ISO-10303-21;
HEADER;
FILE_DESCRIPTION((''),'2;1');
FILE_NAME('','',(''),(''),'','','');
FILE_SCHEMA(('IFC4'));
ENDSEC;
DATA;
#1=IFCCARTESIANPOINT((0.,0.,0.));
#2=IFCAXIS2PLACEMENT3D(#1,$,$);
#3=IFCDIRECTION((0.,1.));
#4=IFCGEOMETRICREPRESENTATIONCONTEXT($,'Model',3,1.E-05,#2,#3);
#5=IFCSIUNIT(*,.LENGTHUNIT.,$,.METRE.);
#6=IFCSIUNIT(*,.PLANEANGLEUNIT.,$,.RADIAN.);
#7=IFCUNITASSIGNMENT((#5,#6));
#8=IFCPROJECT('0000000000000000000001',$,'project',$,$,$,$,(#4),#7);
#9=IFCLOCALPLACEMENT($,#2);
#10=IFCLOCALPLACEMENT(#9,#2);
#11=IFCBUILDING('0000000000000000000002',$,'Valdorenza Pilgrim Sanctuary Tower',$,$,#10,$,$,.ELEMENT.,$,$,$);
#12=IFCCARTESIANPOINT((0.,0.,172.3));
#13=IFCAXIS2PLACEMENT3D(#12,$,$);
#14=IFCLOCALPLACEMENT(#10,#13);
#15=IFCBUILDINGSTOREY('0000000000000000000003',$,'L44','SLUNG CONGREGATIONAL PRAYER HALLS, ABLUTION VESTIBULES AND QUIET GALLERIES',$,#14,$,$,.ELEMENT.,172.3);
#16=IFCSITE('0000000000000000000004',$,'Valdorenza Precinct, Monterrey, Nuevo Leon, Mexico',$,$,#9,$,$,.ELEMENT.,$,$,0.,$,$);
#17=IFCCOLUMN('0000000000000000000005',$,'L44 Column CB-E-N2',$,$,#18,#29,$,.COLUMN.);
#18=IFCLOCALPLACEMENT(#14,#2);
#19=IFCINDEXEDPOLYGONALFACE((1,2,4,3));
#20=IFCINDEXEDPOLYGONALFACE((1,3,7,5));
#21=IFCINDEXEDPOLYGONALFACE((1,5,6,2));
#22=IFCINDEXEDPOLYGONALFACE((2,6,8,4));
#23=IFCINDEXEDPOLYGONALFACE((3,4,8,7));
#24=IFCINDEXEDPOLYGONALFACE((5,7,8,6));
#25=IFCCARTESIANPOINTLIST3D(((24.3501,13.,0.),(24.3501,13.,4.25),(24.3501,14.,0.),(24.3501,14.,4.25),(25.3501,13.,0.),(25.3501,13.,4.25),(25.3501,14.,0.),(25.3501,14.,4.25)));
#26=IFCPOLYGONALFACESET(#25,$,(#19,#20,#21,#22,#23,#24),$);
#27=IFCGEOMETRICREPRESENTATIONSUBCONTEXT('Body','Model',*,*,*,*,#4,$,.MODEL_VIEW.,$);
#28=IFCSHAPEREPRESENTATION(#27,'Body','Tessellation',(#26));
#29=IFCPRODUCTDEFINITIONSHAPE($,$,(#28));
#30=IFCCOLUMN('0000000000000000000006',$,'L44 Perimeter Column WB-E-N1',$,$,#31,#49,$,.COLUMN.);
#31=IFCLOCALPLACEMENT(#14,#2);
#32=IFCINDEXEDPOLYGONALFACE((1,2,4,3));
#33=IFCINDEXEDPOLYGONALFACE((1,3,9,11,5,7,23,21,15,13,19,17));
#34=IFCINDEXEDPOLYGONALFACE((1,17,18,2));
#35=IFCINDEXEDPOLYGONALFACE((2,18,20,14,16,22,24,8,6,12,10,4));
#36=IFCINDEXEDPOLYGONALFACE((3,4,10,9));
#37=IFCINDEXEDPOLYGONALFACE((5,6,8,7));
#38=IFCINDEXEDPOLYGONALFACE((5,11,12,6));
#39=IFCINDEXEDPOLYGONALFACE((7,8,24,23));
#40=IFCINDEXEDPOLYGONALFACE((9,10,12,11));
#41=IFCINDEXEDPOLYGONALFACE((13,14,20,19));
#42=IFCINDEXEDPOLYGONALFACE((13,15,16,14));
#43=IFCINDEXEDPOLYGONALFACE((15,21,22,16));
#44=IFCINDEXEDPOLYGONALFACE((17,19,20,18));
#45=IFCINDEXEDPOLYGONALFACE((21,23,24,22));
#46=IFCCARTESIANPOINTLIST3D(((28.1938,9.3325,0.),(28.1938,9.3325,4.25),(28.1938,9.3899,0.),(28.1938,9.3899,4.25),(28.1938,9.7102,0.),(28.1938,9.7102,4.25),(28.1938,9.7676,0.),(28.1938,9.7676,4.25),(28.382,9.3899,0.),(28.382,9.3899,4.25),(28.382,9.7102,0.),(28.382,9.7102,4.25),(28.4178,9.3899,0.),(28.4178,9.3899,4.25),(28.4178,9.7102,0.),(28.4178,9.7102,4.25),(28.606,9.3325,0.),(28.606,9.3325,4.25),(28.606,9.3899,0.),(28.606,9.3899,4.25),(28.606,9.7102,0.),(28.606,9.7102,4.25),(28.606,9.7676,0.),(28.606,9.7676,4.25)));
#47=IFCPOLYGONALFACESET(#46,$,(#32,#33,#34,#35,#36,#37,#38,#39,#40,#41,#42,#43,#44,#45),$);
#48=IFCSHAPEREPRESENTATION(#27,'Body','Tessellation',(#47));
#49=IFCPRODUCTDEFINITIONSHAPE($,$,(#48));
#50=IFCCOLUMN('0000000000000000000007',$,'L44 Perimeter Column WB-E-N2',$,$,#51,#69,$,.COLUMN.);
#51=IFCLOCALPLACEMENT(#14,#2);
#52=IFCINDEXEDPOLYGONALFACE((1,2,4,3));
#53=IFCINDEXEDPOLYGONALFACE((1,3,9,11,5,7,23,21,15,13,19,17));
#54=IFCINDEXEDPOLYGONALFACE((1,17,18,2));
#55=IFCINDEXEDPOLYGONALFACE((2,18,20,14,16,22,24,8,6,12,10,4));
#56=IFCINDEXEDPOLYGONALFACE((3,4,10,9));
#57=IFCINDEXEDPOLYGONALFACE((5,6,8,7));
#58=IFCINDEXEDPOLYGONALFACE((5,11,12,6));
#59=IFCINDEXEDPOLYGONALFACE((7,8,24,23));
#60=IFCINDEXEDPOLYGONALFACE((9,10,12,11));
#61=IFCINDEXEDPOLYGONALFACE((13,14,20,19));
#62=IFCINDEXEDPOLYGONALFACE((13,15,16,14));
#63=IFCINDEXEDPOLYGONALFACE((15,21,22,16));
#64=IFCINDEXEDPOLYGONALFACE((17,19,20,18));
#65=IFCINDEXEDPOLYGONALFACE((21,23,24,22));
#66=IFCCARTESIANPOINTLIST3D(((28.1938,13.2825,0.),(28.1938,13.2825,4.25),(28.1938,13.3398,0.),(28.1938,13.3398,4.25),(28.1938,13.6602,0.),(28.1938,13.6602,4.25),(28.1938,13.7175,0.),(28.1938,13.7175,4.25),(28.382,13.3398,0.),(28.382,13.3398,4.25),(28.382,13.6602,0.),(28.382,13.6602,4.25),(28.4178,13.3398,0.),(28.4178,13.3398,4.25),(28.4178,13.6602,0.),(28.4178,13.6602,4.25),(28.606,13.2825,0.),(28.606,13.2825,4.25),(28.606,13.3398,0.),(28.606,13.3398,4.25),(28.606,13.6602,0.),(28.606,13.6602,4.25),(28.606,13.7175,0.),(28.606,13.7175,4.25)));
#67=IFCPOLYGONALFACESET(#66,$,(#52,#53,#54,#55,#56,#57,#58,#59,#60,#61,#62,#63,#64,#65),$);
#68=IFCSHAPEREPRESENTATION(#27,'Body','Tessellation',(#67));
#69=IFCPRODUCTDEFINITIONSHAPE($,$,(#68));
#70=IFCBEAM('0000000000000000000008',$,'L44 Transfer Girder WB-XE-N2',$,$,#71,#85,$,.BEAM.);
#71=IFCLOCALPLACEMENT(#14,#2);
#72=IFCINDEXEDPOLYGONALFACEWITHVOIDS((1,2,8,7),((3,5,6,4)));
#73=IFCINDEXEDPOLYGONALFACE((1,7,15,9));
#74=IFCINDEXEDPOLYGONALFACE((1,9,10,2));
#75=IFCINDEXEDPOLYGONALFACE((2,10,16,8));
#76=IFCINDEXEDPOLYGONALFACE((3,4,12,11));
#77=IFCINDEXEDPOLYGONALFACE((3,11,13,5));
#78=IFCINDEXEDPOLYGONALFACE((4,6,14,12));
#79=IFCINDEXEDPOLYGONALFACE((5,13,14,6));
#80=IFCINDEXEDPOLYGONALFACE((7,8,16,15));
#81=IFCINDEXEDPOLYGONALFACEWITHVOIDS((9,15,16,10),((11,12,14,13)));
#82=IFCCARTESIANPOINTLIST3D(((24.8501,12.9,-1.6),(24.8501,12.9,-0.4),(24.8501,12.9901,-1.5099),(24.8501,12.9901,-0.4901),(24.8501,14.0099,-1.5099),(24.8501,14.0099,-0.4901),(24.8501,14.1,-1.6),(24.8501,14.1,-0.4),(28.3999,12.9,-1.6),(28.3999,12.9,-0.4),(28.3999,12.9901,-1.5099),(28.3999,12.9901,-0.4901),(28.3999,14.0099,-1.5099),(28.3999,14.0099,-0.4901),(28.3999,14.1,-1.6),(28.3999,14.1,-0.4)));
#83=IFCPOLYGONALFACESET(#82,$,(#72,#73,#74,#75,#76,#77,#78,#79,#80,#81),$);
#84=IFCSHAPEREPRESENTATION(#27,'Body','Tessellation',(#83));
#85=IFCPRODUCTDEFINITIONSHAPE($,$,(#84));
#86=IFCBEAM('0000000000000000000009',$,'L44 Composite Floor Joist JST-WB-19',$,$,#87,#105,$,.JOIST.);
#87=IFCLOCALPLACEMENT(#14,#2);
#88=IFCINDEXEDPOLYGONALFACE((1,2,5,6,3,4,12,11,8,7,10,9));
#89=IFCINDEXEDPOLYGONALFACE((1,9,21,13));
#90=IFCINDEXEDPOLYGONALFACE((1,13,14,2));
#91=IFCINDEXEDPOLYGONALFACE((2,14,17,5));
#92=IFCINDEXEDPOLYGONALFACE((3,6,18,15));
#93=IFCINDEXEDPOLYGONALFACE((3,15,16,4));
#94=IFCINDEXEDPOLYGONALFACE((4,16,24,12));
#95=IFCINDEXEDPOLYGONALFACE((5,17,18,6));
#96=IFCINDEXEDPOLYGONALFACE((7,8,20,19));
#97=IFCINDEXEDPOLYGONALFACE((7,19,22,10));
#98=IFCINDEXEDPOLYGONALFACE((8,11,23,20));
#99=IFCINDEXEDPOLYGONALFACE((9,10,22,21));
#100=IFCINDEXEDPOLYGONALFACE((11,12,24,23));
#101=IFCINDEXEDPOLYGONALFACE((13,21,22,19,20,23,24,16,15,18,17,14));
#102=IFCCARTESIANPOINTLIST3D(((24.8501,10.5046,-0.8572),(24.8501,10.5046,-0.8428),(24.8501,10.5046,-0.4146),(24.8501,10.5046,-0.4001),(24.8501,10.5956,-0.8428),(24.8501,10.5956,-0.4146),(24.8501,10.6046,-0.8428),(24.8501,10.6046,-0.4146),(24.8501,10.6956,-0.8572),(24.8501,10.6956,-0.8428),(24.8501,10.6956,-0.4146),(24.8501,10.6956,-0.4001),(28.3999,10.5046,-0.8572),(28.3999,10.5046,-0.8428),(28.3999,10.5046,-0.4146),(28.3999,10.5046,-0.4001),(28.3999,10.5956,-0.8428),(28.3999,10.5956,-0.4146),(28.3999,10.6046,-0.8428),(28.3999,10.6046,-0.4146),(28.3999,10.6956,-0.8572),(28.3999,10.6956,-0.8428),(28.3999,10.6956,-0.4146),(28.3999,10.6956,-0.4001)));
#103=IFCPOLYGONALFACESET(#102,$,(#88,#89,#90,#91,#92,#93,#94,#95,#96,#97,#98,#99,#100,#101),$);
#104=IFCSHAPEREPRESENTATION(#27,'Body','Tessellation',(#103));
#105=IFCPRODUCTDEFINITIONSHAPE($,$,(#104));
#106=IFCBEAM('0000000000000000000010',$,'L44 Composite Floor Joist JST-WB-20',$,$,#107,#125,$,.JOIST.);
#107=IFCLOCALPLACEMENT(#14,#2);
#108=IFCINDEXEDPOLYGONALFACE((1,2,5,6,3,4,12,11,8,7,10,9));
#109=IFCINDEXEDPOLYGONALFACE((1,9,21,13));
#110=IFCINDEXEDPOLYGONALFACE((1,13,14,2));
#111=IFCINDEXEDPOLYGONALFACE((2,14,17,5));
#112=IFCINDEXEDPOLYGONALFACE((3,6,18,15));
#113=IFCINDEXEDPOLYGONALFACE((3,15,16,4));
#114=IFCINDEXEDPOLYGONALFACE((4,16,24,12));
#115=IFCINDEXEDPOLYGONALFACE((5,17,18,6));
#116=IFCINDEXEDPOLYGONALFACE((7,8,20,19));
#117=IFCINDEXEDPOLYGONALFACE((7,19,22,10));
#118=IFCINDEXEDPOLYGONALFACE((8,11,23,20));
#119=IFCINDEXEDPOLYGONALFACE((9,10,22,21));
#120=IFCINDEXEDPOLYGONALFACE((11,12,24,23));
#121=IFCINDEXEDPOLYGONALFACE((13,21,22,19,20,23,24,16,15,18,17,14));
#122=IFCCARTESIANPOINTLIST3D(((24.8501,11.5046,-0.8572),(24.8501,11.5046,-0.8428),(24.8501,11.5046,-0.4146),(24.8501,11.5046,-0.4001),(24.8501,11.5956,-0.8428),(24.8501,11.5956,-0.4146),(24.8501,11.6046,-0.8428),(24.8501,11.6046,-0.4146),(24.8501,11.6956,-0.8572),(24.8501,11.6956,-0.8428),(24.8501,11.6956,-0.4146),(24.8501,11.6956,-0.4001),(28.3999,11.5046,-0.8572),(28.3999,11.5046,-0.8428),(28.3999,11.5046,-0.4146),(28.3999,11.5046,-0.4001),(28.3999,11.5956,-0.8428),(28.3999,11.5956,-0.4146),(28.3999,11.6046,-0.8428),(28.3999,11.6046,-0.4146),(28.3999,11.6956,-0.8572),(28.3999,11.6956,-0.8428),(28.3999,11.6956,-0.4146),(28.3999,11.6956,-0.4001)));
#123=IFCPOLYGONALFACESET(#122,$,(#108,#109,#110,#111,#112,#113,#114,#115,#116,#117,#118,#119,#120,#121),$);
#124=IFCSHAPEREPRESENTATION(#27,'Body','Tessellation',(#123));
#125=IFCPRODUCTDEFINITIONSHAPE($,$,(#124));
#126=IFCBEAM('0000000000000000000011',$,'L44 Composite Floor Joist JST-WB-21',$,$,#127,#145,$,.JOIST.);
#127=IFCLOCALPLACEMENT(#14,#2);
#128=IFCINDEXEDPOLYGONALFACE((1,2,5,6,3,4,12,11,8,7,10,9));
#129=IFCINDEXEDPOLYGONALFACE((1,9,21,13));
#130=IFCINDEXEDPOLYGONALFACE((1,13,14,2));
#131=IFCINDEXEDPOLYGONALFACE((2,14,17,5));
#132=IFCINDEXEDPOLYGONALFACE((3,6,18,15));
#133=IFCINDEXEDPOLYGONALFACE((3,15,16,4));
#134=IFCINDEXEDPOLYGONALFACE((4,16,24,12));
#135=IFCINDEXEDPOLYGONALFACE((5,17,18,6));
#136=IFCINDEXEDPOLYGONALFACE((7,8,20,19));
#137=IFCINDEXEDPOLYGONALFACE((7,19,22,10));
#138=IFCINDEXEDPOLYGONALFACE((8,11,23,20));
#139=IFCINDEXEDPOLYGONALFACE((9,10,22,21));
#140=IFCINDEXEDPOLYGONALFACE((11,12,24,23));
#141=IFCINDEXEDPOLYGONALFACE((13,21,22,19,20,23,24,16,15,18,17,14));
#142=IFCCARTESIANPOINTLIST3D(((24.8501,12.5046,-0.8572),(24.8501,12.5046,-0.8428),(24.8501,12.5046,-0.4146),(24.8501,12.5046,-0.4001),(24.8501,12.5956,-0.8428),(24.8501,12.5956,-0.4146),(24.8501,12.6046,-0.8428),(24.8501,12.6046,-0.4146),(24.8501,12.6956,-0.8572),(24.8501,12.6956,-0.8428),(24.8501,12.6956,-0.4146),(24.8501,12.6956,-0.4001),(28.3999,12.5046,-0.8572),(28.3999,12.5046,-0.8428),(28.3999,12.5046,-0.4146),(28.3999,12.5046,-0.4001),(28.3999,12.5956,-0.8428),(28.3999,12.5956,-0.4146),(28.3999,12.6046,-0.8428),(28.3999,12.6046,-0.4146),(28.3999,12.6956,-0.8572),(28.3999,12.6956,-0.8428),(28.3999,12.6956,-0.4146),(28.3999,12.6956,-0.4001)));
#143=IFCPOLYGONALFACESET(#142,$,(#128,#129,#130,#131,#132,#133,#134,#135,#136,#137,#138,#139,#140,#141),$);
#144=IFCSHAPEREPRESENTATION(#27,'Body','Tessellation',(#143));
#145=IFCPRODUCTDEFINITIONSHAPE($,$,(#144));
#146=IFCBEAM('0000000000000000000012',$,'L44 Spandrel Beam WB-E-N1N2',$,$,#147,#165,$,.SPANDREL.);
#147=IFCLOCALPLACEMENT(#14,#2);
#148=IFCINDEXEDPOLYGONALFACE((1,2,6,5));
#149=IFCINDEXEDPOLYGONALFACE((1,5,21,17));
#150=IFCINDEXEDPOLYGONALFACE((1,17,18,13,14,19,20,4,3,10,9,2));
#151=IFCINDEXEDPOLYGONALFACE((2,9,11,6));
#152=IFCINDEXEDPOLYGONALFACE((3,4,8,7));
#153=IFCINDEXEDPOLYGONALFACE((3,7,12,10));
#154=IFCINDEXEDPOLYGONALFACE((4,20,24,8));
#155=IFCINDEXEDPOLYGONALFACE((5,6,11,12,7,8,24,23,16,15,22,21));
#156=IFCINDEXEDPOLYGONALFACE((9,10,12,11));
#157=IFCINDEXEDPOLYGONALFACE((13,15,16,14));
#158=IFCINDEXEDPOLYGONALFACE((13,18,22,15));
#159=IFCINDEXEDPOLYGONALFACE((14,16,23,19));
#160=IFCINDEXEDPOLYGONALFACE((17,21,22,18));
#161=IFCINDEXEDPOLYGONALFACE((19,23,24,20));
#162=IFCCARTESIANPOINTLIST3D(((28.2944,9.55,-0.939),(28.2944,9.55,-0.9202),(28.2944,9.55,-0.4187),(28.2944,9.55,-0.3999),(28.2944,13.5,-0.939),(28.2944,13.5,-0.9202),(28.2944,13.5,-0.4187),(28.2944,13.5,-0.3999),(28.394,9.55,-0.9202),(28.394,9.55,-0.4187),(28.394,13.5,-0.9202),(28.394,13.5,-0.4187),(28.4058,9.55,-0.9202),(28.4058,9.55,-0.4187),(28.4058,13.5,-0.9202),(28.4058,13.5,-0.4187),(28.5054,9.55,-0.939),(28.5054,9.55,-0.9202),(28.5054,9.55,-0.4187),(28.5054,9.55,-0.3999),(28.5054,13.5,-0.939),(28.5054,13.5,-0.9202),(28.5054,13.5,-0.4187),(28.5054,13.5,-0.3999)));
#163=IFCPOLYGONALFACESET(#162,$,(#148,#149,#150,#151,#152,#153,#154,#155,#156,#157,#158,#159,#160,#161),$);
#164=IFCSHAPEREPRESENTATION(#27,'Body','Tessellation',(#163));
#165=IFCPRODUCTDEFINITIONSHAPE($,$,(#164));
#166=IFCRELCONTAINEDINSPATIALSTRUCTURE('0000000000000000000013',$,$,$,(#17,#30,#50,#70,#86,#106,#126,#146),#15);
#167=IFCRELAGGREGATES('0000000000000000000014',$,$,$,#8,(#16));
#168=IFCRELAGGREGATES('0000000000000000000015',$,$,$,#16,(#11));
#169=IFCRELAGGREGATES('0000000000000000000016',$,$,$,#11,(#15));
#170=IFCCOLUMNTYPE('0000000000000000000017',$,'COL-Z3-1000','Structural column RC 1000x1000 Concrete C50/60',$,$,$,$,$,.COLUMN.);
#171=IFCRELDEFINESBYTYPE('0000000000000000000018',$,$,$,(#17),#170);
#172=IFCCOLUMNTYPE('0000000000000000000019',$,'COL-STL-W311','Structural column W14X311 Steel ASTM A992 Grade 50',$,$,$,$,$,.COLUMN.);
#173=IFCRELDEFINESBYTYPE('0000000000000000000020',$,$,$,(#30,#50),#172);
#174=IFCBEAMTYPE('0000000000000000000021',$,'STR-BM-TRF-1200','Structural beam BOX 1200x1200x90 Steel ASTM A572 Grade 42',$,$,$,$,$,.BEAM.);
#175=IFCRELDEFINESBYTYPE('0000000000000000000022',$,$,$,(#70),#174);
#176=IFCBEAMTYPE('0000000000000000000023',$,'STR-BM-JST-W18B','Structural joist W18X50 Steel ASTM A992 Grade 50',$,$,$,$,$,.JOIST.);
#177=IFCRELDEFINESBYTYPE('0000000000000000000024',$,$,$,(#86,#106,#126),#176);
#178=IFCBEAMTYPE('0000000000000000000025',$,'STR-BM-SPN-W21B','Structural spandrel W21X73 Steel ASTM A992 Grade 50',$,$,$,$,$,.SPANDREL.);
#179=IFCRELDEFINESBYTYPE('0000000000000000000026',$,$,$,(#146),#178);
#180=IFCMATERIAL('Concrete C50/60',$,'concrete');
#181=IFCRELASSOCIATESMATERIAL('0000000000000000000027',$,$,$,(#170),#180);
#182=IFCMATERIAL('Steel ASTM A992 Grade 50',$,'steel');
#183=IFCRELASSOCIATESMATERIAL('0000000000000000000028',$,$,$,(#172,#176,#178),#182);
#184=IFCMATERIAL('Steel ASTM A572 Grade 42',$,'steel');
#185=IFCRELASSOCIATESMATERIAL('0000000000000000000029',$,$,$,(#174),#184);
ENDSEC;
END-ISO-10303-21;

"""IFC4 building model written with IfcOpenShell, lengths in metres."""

from ifc_helpers import new_model, si_unit, direction, frame, origin, origin_2d, place, context, subcontext, project, spatial, rectangle, hollow_rectangle, i_section, extrude, source, transform, mapped, material, material_profile, profile_set, type_object, element, save


model = new_model("IFC4")

# Units and contexts
model_context = context("Model", 3, precision=1e-05, world=origin(), true_north=direction((0.0, 1.0)))
body_context = subcontext(model_context, "Body", "Model", "MODEL_VIEW")
ifc_project = project(units=[si_unit("LENGTHUNIT", "METRE"), si_unit("PLANEANGLEUNIT", "RADIAN")], contexts=[model_context])

# Site, building, storey
site_placement = place(None, origin())
site = spatial("IfcSite", under=ifc_project, at=site_placement, Name="Valdorenza Precinct, Monterrey, Nuevo Leon, Mexico", CompositionType="ELEMENT", RefElevation=0.0)
building_placement = place(site_placement, origin())
building = spatial("IfcBuilding", under=site, at=building_placement, Name="Valdorenza Pilgrim Sanctuary Tower", CompositionType="ELEMENT")
storey_placement = place(building_placement, frame((0.0, 0.0, 172.3)))
storey = spatial("IfcBuildingStorey", under=building, at=storey_placement, Name="L44", Description="SLUNG CONGREGATIONAL PRAYER HALLS, ABLUTION VESTIBULES AND QUIET GALLERIES", CompositionType="ELEMENT", Elevation=172.3)

# Columns
ifc_material_1 = material(Name="Concrete C50/60", Category="concrete")
ifc_material_profile_1 = material_profile(ifc_material_1, rectangle(XDim=1.0, YDim=1.0, at=origin_2d()), Name="RC 1000x1000")
ifc_profile_set_1 = profile_set([ifc_material_profile_1], Name="Concrete C50/60")
column_type_1 = type_object("IfcColumnType", Name="COL-Z3-1000", Description="Structural column RC 1000x1000 Concrete C50/60", PredefinedType="COLUMN", material=ifc_profile_set_1)
shared_shape_1 = source(origin(), body_context, "Body", "SweptSolid", [
    extrude(rectangle(XDim=1.0, YDim=1.0, at=origin_2d()), origin(), (0.0, 0.0, 1.0), 4.25),
])
column_placement = place(storey_placement, frame((24.8501, 13.5, 0.0), z_axis=(0.0, 0.0, 1.0), x_axis=(1.0, 0.0, 0.0)))
element("IfcColumn", 1, at=column_placement, inside=storey, type_object=column_type_1, Name="L44 Column CB-E-N2", PredefinedType="COLUMN", context=body_context, shape_type="MappedRepresentation", body=[
    mapped(shared_shape_1, transform((0.0, 0.0, 0.0), x_axis=(1.0, 0.0, 0.0), y_axis=(0.0, 1.0, 0.0), z_axis=(0.0, 0.0, 1.0), scale=1.0)),
])
ifc_material_2 = material(Name="Steel ASTM A992 Grade 50", Category="steel")
ifc_material_profile_2 = material_profile(ifc_material_2, i_section(OverallWidth=0.4121, OverallDepth=0.4351, WebThickness=0.0359, FlangeThickness=0.0574, at=origin_2d()), Name="W14X311")
ifc_profile_set_2 = profile_set([ifc_material_profile_2], Name="Steel ASTM A992 Grade 50")
column_type_2 = type_object("IfcColumnType", Name="COL-STL-W311", Description="Structural column W14X311 Steel ASTM A992 Grade 50", PredefinedType="COLUMN", material=ifc_profile_set_2)
shared_shape_2 = source(origin(), body_context, "Body", "SweptSolid", [
    extrude(i_section(OverallWidth=0.4121, OverallDepth=0.4351, WebThickness=0.0359, FlangeThickness=0.0574, at=origin_2d()), origin(), (0.0, 0.0, 1.0), 4.25),
])
for number, where, z_axis, x_axis, name in (
    (2, (28.3999, 9.55, 0.0), (0.0, 0.0, 1.0), (1.0, 0.0, 0.0), "L44 Perimeter Column WB-E-N1"),
    (3, (28.3999, 13.5, 0.0), (0.0, 0.0, 1.0), (1.0, 0.0, 0.0), "L44 Perimeter Column WB-E-N2"),
):
    element("IfcColumn", number, at=place(storey_placement, frame(where, z_axis=z_axis, x_axis=x_axis)), inside=storey, type_object=column_type_2, Name=name, PredefinedType="COLUMN", context=body_context, shape_type="MappedRepresentation", body=[
        mapped(shared_shape_2, transform((0.0, 0.0, 0.0), x_axis=(1.0, 0.0, 0.0), y_axis=(0.0, 1.0, 0.0), z_axis=(0.0, 0.0, 1.0), scale=1.0)),
    ])

# Beams
ifc_material_3 = material(Name="Steel ASTM A572 Grade 42", Category="steel")
ifc_material_profile_3 = material_profile(ifc_material_3, hollow_rectangle(XDim=1.2, YDim=1.2, WallThickness=0.0901, at=origin_2d()), Name="BOX 1200x1200x90")
ifc_profile_set_3 = profile_set([ifc_material_profile_3], Name="Steel ASTM A572 Grade 42")
beam_type_1 = type_object("IfcBeamType", Name="STR-BM-TRF-1200", Description="Structural beam BOX 1200x1200x90 Steel ASTM A572 Grade 42", PredefinedType="BEAM", material=ifc_profile_set_3)
shared_shape_3 = source(origin(), body_context, "Body", "SweptSolid", [
    extrude(hollow_rectangle(XDim=1.2, YDim=1.2, WallThickness=0.0901, at=origin_2d()), origin(), (0.0, 0.0, 1.0), 3.5498),
])
beam_1_placement = place(storey_placement, frame((24.8501, 13.5, -1.0), z_axis=(1.0, 0.0, 0.0), x_axis=(0.0, 1.0, 0.0)))
element("IfcBeam", 4, at=beam_1_placement, inside=storey, type_object=beam_type_1, Name="L44 Transfer Girder WB-XE-N2", PredefinedType="BEAM", context=body_context, shape_type="MappedRepresentation", body=[
    mapped(shared_shape_3, transform((0.0, 0.0, 0.0), x_axis=(1.0, 0.0, 0.0), y_axis=(0.0, 1.0, 0.0), z_axis=(0.0, 0.0, 1.0), scale=1.0)),
])
ifc_material_profile_4 = material_profile(ifc_material_2, i_section(OverallWidth=0.1909, OverallDepth=0.457, WebThickness=0.009, FlangeThickness=0.0144, at=origin_2d()), Name="W18X50")
ifc_profile_set_4 = profile_set([ifc_material_profile_4], Name="Steel ASTM A992 Grade 50")
beam_type_2 = type_object("IfcBeamType", Name="STR-BM-JST-W18B", Description="Structural joist W18X50 Steel ASTM A992 Grade 50", PredefinedType="JOIST", material=ifc_profile_set_4)
shared_shape_4 = source(origin(), body_context, "Body", "SweptSolid", [
    extrude(i_section(OverallWidth=0.1909, OverallDepth=0.457, WebThickness=0.009, FlangeThickness=0.0144, at=origin_2d()), origin(), (0.0, 0.0, 1.0), 3.5498),
])
for number, where, z_axis, x_axis, name in (
    (5, (24.8501, 10.6001, -0.6287), (1.0, 0.0, 0.0), (0.0, 1.0, 0.0), "L44 Composite Floor Joist JST-WB-19"),
    (6, (24.8501, 11.6001, -0.6287), (1.0, 0.0, 0.0), (0.0, 1.0, 0.0), "L44 Composite Floor Joist JST-WB-20"),
    (7, (24.8501, 12.6001, -0.6287), (1.0, 0.0, 0.0), (0.0, 1.0, 0.0), "L44 Composite Floor Joist JST-WB-21"),
):
    element("IfcBeam", number, at=place(storey_placement, frame(where, z_axis=z_axis, x_axis=x_axis)), inside=storey, type_object=beam_type_2, Name=name, PredefinedType="JOIST", context=body_context, shape_type="MappedRepresentation", body=[
        mapped(shared_shape_4, transform((0.0, 0.0, 0.0), x_axis=(1.0, 0.0, 0.0), y_axis=(0.0, 1.0, 0.0), z_axis=(0.0, 0.0, 1.0), scale=1.0)),
    ])
ifc_material_profile_5 = material_profile(ifc_material_2, i_section(OverallWidth=0.2109, OverallDepth=0.5391, WebThickness=0.0117, FlangeThickness=0.0188, at=origin_2d()), Name="W21X73")
ifc_profile_set_5 = profile_set([ifc_material_profile_5], Name="Steel ASTM A992 Grade 50")
beam_type_3 = type_object("IfcBeamType", Name="STR-BM-SPN-W21B", Description="Structural spandrel W21X73 Steel ASTM A992 Grade 50", PredefinedType="SPANDREL", material=ifc_profile_set_5)
shared_shape_5 = source(origin(), body_context, "Body", "SweptSolid", [
    extrude(i_section(OverallWidth=0.2109, OverallDepth=0.5391, WebThickness=0.0117, FlangeThickness=0.0188, at=origin_2d()), origin(), (0.0, 0.0, 1.0), 3.95),
])
beam_2_placement = place(storey_placement, frame((28.3999, 9.55, -0.6694), z_axis=(0.0, 1.0, 0.0), x_axis=(-1.0, 0.0, 0.0)))
element("IfcBeam", 8, at=beam_2_placement, inside=storey, type_object=beam_type_3, Name="L44 Spandrel Beam WB-E-N1N2", PredefinedType="SPANDREL", context=body_context, shape_type="MappedRepresentation", body=[
    mapped(shared_shape_5, transform((0.0, 0.0, 0.0), x_axis=(1.0, 0.0, 0.0), y_axis=(0.0, 1.0, 0.0), z_axis=(0.0, 0.0, 1.0), scale=1.0)),
])

save(model, "model.ifc")
